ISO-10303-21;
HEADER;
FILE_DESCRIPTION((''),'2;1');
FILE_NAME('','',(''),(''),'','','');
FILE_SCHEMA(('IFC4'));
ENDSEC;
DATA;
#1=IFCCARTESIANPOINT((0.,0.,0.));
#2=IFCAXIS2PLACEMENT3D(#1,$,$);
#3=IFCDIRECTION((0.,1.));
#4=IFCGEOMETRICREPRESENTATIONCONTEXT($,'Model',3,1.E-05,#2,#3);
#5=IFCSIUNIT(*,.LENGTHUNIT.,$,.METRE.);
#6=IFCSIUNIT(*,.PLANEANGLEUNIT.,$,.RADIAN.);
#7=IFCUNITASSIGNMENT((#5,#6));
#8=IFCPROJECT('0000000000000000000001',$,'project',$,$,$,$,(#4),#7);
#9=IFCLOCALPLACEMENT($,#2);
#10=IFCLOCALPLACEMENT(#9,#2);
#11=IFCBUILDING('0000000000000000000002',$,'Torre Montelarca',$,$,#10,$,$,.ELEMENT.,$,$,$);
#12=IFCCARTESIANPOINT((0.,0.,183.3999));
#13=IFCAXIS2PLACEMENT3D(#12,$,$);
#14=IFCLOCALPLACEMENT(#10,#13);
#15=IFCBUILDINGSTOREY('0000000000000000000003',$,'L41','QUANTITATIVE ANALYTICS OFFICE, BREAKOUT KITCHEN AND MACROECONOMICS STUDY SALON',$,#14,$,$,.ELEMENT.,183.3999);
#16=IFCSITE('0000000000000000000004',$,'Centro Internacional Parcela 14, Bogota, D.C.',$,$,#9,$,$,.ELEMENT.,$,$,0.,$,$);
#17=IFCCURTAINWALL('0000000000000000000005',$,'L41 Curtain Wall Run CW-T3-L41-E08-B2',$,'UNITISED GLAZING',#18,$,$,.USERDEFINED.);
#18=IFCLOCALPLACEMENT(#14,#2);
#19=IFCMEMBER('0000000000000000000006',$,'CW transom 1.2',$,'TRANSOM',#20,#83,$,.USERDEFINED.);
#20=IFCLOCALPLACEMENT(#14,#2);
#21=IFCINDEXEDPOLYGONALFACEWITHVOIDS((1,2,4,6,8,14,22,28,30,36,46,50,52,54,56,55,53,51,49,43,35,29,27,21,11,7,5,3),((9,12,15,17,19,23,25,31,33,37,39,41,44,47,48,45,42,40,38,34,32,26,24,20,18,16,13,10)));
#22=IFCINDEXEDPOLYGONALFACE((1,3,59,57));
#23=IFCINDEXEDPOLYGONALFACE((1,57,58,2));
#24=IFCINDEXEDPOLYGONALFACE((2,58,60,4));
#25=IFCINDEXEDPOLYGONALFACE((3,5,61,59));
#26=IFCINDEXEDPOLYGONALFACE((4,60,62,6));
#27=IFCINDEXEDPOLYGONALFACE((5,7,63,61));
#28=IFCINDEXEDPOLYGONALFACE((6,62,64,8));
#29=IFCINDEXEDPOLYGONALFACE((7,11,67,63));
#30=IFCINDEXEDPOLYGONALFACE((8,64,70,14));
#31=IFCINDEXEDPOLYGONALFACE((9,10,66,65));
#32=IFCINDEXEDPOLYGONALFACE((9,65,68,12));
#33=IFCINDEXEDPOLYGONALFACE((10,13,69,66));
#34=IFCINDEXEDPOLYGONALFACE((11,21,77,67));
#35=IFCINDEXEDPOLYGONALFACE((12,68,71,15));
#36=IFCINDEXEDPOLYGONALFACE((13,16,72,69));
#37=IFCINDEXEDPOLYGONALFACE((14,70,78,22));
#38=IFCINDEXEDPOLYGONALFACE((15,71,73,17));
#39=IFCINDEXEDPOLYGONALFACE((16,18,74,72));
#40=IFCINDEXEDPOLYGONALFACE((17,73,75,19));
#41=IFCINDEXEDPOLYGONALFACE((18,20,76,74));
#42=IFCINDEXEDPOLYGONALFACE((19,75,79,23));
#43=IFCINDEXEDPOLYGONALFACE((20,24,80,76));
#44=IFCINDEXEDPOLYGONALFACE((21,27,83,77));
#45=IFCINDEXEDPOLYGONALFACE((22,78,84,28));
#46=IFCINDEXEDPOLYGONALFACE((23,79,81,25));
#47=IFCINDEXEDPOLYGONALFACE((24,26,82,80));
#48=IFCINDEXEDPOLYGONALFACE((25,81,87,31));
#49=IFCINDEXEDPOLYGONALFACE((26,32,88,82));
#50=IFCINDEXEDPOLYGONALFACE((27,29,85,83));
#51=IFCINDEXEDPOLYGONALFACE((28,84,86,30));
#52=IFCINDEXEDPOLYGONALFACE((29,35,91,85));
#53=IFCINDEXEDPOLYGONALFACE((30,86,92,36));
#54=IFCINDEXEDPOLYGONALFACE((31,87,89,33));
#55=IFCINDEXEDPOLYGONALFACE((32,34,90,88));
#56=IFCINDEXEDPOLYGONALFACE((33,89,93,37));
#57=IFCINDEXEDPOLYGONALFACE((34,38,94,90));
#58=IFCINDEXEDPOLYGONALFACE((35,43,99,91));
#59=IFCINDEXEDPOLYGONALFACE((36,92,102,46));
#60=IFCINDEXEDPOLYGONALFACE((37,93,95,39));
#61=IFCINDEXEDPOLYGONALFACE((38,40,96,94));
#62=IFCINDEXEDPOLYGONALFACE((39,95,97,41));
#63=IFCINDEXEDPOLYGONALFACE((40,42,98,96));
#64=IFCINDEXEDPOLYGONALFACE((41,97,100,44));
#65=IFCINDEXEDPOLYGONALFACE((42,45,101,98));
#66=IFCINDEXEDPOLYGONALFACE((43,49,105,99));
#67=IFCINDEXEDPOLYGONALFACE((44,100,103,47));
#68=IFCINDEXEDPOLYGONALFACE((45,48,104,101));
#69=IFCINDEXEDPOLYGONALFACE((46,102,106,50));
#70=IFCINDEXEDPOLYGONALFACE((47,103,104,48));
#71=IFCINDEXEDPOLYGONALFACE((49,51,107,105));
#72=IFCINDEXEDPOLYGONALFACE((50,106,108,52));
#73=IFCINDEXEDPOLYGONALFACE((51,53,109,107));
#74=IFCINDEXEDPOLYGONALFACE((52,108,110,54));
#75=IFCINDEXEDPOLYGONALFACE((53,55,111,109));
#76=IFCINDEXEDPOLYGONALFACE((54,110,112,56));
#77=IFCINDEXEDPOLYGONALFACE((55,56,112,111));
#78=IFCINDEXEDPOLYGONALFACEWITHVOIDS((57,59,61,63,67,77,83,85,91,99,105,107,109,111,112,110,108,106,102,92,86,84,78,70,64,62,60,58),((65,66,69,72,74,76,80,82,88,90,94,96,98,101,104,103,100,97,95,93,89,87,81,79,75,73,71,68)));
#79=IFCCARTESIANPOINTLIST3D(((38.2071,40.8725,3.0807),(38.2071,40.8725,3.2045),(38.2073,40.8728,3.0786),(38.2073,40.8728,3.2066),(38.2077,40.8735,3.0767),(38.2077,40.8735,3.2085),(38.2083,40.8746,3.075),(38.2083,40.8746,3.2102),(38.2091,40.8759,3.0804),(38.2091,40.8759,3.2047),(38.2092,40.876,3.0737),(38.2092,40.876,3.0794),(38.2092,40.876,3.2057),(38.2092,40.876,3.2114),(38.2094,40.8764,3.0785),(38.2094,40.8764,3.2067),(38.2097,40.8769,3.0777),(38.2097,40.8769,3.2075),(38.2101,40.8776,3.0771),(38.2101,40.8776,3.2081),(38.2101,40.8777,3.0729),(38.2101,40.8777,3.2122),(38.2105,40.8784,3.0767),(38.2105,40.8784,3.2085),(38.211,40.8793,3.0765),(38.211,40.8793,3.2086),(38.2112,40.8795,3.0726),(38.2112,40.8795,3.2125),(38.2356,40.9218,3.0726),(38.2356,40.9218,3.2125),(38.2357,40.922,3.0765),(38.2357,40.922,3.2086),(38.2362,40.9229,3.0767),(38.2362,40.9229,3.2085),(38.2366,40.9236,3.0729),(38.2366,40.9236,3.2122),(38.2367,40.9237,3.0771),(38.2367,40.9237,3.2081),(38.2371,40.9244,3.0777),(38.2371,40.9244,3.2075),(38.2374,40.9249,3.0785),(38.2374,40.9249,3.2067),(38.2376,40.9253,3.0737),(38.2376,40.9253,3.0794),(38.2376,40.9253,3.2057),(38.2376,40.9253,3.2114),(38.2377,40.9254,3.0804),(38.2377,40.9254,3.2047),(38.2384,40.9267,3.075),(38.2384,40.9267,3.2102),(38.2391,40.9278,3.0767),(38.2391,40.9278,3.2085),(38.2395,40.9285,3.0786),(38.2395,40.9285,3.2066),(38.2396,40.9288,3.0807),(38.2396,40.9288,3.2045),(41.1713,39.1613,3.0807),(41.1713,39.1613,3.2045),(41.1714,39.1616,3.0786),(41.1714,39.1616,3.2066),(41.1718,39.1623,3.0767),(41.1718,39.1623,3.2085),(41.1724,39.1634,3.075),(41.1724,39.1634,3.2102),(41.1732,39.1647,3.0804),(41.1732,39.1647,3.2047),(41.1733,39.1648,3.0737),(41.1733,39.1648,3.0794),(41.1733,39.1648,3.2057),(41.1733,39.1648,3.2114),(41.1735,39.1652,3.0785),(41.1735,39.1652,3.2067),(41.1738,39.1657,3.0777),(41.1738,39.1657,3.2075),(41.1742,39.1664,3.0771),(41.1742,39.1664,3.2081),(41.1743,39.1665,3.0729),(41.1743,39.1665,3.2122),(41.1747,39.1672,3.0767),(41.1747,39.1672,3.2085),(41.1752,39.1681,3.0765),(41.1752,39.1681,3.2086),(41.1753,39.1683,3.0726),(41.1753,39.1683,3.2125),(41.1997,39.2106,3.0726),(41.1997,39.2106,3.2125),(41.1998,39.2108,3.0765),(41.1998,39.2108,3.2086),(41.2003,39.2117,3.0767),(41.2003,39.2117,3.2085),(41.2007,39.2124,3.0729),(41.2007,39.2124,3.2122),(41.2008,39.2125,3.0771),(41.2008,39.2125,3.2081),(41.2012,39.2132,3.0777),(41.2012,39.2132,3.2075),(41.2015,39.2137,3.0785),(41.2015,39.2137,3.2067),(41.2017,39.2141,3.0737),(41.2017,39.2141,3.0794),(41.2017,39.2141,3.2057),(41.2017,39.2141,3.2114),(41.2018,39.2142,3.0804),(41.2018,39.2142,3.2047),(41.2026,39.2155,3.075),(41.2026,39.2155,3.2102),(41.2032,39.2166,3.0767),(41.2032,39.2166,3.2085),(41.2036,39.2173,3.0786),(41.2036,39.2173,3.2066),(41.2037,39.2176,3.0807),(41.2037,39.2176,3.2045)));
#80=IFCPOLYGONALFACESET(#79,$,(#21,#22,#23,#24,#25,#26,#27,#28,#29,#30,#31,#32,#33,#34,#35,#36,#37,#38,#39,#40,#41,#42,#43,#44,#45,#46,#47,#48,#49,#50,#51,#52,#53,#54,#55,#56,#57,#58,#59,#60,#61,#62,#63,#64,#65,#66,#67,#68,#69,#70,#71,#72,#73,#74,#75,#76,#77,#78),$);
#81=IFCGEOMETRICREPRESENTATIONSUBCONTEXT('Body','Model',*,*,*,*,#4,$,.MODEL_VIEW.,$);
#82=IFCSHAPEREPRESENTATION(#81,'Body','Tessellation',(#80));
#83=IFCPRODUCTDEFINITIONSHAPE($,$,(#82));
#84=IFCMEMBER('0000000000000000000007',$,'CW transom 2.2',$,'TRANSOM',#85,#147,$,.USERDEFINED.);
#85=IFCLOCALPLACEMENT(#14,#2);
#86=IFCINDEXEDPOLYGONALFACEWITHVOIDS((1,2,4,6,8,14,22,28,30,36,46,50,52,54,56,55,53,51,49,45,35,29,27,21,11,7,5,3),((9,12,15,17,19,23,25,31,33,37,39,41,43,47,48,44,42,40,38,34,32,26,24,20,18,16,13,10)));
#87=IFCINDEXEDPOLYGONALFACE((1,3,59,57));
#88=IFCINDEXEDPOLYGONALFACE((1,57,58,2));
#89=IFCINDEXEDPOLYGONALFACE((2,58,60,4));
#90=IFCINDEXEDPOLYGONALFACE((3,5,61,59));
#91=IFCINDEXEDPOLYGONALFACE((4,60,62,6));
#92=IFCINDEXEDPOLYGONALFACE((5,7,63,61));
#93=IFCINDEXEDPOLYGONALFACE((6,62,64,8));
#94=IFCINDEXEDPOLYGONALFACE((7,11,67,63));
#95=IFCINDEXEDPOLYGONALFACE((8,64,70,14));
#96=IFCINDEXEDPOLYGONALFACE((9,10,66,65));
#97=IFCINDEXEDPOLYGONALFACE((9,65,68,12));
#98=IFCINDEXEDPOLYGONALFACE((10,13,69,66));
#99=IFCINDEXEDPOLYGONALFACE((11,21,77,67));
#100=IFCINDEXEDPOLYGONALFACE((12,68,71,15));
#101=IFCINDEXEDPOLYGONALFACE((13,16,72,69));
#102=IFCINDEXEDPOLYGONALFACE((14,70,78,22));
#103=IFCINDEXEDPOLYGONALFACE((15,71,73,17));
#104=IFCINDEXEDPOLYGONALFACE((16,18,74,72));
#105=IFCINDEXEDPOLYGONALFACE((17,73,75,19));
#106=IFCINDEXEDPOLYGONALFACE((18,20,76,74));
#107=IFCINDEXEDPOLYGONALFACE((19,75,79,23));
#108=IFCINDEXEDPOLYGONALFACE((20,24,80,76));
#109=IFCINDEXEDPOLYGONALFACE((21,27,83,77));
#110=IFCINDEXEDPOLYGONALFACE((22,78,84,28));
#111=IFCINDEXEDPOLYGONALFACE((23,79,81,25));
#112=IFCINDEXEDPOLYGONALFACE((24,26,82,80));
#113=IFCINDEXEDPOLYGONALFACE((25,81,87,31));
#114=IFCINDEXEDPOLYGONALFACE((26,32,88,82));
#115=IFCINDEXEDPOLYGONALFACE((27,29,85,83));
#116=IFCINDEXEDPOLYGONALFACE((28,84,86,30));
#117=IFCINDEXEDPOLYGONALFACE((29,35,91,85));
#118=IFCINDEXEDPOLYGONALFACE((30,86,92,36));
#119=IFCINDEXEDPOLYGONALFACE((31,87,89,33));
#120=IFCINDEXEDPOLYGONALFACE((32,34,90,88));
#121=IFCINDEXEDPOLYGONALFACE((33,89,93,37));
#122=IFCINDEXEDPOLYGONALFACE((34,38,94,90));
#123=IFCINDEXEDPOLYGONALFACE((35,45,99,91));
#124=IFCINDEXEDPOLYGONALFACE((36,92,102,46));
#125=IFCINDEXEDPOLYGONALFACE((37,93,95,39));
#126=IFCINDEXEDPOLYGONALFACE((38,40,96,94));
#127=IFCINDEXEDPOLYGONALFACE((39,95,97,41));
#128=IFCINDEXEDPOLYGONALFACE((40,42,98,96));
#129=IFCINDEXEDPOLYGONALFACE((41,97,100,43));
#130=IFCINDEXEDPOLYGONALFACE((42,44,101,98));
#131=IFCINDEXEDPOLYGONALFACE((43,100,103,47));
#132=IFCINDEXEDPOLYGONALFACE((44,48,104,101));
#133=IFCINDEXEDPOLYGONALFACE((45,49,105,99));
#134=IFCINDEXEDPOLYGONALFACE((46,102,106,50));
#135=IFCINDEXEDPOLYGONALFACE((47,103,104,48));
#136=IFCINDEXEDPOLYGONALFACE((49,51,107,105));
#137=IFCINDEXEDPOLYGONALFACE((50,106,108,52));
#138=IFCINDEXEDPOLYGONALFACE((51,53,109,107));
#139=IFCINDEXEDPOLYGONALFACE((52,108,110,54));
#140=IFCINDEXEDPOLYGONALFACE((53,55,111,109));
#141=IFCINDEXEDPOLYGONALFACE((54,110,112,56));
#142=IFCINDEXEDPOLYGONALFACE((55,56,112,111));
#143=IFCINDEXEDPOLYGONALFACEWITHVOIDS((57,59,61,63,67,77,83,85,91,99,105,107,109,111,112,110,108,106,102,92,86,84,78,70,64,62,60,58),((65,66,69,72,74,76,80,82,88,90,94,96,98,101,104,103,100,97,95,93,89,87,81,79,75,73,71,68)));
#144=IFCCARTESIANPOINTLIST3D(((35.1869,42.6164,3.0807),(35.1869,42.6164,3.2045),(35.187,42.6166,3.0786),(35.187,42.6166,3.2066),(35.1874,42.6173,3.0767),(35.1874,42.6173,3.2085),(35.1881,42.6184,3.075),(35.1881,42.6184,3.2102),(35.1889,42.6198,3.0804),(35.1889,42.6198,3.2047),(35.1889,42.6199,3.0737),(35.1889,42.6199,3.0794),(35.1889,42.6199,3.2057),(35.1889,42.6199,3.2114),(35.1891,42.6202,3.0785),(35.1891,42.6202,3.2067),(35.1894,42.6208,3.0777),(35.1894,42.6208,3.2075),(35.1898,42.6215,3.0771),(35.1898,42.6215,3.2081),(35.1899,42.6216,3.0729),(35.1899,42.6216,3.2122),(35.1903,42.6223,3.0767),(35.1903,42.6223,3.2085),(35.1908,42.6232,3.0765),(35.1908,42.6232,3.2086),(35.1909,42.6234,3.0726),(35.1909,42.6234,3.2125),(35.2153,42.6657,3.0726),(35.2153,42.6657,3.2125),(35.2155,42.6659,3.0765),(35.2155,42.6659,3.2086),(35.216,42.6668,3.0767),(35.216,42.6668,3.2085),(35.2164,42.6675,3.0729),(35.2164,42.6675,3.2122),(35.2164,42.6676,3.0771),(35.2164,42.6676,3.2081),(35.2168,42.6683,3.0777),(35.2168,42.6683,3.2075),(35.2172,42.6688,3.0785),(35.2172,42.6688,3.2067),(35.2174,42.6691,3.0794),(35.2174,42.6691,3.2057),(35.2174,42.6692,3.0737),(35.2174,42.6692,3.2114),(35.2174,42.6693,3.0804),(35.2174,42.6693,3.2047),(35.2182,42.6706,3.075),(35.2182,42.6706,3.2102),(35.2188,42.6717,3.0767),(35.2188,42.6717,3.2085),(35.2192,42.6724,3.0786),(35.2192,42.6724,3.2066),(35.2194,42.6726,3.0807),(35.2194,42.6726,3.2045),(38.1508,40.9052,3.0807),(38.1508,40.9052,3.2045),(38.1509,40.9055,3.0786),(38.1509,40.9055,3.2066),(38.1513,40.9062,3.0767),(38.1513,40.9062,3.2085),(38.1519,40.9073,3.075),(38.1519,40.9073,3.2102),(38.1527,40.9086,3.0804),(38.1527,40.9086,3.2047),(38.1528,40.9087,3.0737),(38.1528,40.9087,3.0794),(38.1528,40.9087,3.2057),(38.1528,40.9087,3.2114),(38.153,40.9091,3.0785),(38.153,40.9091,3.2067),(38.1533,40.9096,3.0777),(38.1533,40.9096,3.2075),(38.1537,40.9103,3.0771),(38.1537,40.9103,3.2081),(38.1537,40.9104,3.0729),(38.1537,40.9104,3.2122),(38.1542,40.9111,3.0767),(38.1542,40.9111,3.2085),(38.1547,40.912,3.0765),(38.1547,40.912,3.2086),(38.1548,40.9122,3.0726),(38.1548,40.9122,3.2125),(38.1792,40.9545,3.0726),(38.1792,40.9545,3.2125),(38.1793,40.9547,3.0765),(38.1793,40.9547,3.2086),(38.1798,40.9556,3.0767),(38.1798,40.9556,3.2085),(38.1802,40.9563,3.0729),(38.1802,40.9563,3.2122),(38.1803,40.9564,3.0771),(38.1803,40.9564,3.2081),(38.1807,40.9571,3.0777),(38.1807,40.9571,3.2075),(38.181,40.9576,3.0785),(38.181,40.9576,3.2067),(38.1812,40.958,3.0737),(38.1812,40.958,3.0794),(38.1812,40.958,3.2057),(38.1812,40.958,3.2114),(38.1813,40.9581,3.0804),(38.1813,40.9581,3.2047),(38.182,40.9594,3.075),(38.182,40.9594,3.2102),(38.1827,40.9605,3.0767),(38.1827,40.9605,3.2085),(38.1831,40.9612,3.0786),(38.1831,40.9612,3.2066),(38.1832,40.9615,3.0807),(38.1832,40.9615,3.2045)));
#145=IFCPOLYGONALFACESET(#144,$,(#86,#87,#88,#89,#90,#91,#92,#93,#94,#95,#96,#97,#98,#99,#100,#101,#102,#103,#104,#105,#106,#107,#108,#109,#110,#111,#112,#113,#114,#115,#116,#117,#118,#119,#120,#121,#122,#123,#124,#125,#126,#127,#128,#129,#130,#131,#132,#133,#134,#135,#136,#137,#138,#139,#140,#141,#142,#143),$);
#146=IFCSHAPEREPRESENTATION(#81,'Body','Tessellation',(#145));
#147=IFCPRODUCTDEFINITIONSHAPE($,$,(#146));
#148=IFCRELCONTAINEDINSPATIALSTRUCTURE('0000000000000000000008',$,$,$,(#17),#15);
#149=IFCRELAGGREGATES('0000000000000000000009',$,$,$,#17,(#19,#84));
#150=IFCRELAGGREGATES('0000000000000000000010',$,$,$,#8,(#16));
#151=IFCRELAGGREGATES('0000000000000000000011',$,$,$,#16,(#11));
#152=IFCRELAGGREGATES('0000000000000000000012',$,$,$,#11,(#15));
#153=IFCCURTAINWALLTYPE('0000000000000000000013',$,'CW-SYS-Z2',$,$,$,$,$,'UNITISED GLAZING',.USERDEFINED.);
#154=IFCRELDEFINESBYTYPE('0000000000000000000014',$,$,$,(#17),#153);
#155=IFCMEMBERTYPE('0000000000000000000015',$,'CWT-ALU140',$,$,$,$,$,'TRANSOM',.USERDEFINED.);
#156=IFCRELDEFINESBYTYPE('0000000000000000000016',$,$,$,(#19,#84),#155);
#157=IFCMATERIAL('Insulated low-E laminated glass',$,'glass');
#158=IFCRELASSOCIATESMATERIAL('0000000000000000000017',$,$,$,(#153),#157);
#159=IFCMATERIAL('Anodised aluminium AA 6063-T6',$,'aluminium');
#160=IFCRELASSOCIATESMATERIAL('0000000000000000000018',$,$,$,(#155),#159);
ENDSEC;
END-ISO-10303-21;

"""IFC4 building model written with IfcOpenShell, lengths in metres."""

from ifc_helpers import new_model, si_unit, direction, frame, origin, origin_2d, place, context, subcontext, project, spatial, hollow_rectangle, extrude, source, transform, mapped, material, material_profile, profile_set, type_object, element, aggregate, save


model = new_model("IFC4")

# Units and contexts
model_context = context("Model", 3, precision=1e-05, world=origin(), true_north=direction((0.0, 1.0)))
body_context = subcontext(model_context, "Body", "Model", "MODEL_VIEW")
ifc_project = project(units=[si_unit("LENGTHUNIT", "METRE"), si_unit("PLANEANGLEUNIT", "RADIAN")], contexts=[model_context])

# Site, building, storey
site_placement = place(None, origin())
site = spatial("IfcSite", under=ifc_project, at=site_placement, Name="Centro Internacional Parcela 14, Bogota, D.C.", CompositionType="ELEMENT", RefElevation=0.0)
building_placement = place(site_placement, origin())
building = spatial("IfcBuilding", under=site, at=building_placement, Name="Torre Montelarca", CompositionType="ELEMENT")
storey_placement = place(building_placement, frame((0.0, 0.0, 183.3999)))
storey = spatial("IfcBuildingStorey", under=building, at=storey_placement, Name="L41", Description="QUANTITATIVE ANALYTICS OFFICE, BREAKOUT KITCHEN AND MACROECONOMICS STUDY SALON", CompositionType="ELEMENT", Elevation=183.3999)

# Curtain wall, members
ifc_material_1 = material(Name="Insulated low-E laminated glass", Category="glass")
curtain_wall_type = type_object("IfcCurtainWallType", Name="CW-SYS-Z2", ElementType="UNITISED GLAZING", PredefinedType="USERDEFINED", material=ifc_material_1)
ifc_material_2 = material(Name="Anodised aluminium AA 6063-T6", Category="aluminium")
ifc_material_profile_1 = material_profile(ifc_material_2, hollow_rectangle(XDim=0.0649, YDim=0.1399, WallThickness=0.0039, InnerFilletRadius=0.0039, OuterFilletRadius=0.0081, at=origin_2d()), Name="ALU65X140X4", Category="aluminium")
ifc_profile_set_1 = profile_set([ifc_material_profile_1], Name="Anodised aluminium AA 6063-T6")
member_type_1 = type_object("IfcMemberType", Name="CWT-ALU140", ElementType="TRANSOM", PredefinedType="USERDEFINED", material=ifc_profile_set_1)
curtain_wall_1_placement = place(storey_placement, origin())
curtain_wall_1 = element("IfcCurtainWall", 1, at=curtain_wall_1_placement, inside=storey, type_object=curtain_wall_type, Name="L41 Curtain Wall Run CW-T3-L41-E08-B2", ObjectType="UNITISED GLAZING", PredefinedType="USERDEFINED")
shared_shape_1 = source(origin(), body_context, "Body", "SweptSolid", [
    extrude(hollow_rectangle(XDim=0.0649, YDim=0.1399, WallThickness=0.0039, InnerFilletRadius=0.0039, OuterFilletRadius=0.0081, at=origin_2d()), origin(), (0.0, 0.0, 1.0), 3.4226),
])
member_1_placement = place(storey_placement, frame((41.1875, 39.1895, 3.1426), z_axis=(-0.866044, 0.499967, 0.0), x_axis=(-0.499967, -0.866044, 0.0)))
member_1 = element("IfcMember", 2, at=member_1_placement, type_object=member_type_1, Name="CW transom 1.2", ObjectType="TRANSOM", PredefinedType="USERDEFINED", context=body_context, shape_type="MappedRepresentation", body=[
    mapped(shared_shape_1, transform((0.0, 0.0, 0.0), scale=1.0)),
])
shared_shape_2 = source(origin(), body_context, "Body", "SweptSolid", [
    extrude(hollow_rectangle(XDim=0.0649, YDim=0.1399, WallThickness=0.0039, InnerFilletRadius=0.0039, OuterFilletRadius=0.0081, at=origin_2d()), origin(), (0.0, 0.0, 1.0), 3.4224),
])
member_2_placement = place(storey_placement, frame((38.167, 40.9333, 3.1426), z_axis=(-0.866026, 0.499998, 0.0), x_axis=(-0.499998, -0.866026, 0.0)))
member_2 = element("IfcMember", 3, at=member_2_placement, type_object=member_type_1, Name="CW transom 2.2", ObjectType="TRANSOM", PredefinedType="USERDEFINED", context=body_context, shape_type="MappedRepresentation", body=[
    mapped(shared_shape_2, transform((0.0, 0.0, 0.0), scale=1.0)),
])

aggregate(curtain_wall_1, [member_1, member_2])

save(model, "model.ifc")
